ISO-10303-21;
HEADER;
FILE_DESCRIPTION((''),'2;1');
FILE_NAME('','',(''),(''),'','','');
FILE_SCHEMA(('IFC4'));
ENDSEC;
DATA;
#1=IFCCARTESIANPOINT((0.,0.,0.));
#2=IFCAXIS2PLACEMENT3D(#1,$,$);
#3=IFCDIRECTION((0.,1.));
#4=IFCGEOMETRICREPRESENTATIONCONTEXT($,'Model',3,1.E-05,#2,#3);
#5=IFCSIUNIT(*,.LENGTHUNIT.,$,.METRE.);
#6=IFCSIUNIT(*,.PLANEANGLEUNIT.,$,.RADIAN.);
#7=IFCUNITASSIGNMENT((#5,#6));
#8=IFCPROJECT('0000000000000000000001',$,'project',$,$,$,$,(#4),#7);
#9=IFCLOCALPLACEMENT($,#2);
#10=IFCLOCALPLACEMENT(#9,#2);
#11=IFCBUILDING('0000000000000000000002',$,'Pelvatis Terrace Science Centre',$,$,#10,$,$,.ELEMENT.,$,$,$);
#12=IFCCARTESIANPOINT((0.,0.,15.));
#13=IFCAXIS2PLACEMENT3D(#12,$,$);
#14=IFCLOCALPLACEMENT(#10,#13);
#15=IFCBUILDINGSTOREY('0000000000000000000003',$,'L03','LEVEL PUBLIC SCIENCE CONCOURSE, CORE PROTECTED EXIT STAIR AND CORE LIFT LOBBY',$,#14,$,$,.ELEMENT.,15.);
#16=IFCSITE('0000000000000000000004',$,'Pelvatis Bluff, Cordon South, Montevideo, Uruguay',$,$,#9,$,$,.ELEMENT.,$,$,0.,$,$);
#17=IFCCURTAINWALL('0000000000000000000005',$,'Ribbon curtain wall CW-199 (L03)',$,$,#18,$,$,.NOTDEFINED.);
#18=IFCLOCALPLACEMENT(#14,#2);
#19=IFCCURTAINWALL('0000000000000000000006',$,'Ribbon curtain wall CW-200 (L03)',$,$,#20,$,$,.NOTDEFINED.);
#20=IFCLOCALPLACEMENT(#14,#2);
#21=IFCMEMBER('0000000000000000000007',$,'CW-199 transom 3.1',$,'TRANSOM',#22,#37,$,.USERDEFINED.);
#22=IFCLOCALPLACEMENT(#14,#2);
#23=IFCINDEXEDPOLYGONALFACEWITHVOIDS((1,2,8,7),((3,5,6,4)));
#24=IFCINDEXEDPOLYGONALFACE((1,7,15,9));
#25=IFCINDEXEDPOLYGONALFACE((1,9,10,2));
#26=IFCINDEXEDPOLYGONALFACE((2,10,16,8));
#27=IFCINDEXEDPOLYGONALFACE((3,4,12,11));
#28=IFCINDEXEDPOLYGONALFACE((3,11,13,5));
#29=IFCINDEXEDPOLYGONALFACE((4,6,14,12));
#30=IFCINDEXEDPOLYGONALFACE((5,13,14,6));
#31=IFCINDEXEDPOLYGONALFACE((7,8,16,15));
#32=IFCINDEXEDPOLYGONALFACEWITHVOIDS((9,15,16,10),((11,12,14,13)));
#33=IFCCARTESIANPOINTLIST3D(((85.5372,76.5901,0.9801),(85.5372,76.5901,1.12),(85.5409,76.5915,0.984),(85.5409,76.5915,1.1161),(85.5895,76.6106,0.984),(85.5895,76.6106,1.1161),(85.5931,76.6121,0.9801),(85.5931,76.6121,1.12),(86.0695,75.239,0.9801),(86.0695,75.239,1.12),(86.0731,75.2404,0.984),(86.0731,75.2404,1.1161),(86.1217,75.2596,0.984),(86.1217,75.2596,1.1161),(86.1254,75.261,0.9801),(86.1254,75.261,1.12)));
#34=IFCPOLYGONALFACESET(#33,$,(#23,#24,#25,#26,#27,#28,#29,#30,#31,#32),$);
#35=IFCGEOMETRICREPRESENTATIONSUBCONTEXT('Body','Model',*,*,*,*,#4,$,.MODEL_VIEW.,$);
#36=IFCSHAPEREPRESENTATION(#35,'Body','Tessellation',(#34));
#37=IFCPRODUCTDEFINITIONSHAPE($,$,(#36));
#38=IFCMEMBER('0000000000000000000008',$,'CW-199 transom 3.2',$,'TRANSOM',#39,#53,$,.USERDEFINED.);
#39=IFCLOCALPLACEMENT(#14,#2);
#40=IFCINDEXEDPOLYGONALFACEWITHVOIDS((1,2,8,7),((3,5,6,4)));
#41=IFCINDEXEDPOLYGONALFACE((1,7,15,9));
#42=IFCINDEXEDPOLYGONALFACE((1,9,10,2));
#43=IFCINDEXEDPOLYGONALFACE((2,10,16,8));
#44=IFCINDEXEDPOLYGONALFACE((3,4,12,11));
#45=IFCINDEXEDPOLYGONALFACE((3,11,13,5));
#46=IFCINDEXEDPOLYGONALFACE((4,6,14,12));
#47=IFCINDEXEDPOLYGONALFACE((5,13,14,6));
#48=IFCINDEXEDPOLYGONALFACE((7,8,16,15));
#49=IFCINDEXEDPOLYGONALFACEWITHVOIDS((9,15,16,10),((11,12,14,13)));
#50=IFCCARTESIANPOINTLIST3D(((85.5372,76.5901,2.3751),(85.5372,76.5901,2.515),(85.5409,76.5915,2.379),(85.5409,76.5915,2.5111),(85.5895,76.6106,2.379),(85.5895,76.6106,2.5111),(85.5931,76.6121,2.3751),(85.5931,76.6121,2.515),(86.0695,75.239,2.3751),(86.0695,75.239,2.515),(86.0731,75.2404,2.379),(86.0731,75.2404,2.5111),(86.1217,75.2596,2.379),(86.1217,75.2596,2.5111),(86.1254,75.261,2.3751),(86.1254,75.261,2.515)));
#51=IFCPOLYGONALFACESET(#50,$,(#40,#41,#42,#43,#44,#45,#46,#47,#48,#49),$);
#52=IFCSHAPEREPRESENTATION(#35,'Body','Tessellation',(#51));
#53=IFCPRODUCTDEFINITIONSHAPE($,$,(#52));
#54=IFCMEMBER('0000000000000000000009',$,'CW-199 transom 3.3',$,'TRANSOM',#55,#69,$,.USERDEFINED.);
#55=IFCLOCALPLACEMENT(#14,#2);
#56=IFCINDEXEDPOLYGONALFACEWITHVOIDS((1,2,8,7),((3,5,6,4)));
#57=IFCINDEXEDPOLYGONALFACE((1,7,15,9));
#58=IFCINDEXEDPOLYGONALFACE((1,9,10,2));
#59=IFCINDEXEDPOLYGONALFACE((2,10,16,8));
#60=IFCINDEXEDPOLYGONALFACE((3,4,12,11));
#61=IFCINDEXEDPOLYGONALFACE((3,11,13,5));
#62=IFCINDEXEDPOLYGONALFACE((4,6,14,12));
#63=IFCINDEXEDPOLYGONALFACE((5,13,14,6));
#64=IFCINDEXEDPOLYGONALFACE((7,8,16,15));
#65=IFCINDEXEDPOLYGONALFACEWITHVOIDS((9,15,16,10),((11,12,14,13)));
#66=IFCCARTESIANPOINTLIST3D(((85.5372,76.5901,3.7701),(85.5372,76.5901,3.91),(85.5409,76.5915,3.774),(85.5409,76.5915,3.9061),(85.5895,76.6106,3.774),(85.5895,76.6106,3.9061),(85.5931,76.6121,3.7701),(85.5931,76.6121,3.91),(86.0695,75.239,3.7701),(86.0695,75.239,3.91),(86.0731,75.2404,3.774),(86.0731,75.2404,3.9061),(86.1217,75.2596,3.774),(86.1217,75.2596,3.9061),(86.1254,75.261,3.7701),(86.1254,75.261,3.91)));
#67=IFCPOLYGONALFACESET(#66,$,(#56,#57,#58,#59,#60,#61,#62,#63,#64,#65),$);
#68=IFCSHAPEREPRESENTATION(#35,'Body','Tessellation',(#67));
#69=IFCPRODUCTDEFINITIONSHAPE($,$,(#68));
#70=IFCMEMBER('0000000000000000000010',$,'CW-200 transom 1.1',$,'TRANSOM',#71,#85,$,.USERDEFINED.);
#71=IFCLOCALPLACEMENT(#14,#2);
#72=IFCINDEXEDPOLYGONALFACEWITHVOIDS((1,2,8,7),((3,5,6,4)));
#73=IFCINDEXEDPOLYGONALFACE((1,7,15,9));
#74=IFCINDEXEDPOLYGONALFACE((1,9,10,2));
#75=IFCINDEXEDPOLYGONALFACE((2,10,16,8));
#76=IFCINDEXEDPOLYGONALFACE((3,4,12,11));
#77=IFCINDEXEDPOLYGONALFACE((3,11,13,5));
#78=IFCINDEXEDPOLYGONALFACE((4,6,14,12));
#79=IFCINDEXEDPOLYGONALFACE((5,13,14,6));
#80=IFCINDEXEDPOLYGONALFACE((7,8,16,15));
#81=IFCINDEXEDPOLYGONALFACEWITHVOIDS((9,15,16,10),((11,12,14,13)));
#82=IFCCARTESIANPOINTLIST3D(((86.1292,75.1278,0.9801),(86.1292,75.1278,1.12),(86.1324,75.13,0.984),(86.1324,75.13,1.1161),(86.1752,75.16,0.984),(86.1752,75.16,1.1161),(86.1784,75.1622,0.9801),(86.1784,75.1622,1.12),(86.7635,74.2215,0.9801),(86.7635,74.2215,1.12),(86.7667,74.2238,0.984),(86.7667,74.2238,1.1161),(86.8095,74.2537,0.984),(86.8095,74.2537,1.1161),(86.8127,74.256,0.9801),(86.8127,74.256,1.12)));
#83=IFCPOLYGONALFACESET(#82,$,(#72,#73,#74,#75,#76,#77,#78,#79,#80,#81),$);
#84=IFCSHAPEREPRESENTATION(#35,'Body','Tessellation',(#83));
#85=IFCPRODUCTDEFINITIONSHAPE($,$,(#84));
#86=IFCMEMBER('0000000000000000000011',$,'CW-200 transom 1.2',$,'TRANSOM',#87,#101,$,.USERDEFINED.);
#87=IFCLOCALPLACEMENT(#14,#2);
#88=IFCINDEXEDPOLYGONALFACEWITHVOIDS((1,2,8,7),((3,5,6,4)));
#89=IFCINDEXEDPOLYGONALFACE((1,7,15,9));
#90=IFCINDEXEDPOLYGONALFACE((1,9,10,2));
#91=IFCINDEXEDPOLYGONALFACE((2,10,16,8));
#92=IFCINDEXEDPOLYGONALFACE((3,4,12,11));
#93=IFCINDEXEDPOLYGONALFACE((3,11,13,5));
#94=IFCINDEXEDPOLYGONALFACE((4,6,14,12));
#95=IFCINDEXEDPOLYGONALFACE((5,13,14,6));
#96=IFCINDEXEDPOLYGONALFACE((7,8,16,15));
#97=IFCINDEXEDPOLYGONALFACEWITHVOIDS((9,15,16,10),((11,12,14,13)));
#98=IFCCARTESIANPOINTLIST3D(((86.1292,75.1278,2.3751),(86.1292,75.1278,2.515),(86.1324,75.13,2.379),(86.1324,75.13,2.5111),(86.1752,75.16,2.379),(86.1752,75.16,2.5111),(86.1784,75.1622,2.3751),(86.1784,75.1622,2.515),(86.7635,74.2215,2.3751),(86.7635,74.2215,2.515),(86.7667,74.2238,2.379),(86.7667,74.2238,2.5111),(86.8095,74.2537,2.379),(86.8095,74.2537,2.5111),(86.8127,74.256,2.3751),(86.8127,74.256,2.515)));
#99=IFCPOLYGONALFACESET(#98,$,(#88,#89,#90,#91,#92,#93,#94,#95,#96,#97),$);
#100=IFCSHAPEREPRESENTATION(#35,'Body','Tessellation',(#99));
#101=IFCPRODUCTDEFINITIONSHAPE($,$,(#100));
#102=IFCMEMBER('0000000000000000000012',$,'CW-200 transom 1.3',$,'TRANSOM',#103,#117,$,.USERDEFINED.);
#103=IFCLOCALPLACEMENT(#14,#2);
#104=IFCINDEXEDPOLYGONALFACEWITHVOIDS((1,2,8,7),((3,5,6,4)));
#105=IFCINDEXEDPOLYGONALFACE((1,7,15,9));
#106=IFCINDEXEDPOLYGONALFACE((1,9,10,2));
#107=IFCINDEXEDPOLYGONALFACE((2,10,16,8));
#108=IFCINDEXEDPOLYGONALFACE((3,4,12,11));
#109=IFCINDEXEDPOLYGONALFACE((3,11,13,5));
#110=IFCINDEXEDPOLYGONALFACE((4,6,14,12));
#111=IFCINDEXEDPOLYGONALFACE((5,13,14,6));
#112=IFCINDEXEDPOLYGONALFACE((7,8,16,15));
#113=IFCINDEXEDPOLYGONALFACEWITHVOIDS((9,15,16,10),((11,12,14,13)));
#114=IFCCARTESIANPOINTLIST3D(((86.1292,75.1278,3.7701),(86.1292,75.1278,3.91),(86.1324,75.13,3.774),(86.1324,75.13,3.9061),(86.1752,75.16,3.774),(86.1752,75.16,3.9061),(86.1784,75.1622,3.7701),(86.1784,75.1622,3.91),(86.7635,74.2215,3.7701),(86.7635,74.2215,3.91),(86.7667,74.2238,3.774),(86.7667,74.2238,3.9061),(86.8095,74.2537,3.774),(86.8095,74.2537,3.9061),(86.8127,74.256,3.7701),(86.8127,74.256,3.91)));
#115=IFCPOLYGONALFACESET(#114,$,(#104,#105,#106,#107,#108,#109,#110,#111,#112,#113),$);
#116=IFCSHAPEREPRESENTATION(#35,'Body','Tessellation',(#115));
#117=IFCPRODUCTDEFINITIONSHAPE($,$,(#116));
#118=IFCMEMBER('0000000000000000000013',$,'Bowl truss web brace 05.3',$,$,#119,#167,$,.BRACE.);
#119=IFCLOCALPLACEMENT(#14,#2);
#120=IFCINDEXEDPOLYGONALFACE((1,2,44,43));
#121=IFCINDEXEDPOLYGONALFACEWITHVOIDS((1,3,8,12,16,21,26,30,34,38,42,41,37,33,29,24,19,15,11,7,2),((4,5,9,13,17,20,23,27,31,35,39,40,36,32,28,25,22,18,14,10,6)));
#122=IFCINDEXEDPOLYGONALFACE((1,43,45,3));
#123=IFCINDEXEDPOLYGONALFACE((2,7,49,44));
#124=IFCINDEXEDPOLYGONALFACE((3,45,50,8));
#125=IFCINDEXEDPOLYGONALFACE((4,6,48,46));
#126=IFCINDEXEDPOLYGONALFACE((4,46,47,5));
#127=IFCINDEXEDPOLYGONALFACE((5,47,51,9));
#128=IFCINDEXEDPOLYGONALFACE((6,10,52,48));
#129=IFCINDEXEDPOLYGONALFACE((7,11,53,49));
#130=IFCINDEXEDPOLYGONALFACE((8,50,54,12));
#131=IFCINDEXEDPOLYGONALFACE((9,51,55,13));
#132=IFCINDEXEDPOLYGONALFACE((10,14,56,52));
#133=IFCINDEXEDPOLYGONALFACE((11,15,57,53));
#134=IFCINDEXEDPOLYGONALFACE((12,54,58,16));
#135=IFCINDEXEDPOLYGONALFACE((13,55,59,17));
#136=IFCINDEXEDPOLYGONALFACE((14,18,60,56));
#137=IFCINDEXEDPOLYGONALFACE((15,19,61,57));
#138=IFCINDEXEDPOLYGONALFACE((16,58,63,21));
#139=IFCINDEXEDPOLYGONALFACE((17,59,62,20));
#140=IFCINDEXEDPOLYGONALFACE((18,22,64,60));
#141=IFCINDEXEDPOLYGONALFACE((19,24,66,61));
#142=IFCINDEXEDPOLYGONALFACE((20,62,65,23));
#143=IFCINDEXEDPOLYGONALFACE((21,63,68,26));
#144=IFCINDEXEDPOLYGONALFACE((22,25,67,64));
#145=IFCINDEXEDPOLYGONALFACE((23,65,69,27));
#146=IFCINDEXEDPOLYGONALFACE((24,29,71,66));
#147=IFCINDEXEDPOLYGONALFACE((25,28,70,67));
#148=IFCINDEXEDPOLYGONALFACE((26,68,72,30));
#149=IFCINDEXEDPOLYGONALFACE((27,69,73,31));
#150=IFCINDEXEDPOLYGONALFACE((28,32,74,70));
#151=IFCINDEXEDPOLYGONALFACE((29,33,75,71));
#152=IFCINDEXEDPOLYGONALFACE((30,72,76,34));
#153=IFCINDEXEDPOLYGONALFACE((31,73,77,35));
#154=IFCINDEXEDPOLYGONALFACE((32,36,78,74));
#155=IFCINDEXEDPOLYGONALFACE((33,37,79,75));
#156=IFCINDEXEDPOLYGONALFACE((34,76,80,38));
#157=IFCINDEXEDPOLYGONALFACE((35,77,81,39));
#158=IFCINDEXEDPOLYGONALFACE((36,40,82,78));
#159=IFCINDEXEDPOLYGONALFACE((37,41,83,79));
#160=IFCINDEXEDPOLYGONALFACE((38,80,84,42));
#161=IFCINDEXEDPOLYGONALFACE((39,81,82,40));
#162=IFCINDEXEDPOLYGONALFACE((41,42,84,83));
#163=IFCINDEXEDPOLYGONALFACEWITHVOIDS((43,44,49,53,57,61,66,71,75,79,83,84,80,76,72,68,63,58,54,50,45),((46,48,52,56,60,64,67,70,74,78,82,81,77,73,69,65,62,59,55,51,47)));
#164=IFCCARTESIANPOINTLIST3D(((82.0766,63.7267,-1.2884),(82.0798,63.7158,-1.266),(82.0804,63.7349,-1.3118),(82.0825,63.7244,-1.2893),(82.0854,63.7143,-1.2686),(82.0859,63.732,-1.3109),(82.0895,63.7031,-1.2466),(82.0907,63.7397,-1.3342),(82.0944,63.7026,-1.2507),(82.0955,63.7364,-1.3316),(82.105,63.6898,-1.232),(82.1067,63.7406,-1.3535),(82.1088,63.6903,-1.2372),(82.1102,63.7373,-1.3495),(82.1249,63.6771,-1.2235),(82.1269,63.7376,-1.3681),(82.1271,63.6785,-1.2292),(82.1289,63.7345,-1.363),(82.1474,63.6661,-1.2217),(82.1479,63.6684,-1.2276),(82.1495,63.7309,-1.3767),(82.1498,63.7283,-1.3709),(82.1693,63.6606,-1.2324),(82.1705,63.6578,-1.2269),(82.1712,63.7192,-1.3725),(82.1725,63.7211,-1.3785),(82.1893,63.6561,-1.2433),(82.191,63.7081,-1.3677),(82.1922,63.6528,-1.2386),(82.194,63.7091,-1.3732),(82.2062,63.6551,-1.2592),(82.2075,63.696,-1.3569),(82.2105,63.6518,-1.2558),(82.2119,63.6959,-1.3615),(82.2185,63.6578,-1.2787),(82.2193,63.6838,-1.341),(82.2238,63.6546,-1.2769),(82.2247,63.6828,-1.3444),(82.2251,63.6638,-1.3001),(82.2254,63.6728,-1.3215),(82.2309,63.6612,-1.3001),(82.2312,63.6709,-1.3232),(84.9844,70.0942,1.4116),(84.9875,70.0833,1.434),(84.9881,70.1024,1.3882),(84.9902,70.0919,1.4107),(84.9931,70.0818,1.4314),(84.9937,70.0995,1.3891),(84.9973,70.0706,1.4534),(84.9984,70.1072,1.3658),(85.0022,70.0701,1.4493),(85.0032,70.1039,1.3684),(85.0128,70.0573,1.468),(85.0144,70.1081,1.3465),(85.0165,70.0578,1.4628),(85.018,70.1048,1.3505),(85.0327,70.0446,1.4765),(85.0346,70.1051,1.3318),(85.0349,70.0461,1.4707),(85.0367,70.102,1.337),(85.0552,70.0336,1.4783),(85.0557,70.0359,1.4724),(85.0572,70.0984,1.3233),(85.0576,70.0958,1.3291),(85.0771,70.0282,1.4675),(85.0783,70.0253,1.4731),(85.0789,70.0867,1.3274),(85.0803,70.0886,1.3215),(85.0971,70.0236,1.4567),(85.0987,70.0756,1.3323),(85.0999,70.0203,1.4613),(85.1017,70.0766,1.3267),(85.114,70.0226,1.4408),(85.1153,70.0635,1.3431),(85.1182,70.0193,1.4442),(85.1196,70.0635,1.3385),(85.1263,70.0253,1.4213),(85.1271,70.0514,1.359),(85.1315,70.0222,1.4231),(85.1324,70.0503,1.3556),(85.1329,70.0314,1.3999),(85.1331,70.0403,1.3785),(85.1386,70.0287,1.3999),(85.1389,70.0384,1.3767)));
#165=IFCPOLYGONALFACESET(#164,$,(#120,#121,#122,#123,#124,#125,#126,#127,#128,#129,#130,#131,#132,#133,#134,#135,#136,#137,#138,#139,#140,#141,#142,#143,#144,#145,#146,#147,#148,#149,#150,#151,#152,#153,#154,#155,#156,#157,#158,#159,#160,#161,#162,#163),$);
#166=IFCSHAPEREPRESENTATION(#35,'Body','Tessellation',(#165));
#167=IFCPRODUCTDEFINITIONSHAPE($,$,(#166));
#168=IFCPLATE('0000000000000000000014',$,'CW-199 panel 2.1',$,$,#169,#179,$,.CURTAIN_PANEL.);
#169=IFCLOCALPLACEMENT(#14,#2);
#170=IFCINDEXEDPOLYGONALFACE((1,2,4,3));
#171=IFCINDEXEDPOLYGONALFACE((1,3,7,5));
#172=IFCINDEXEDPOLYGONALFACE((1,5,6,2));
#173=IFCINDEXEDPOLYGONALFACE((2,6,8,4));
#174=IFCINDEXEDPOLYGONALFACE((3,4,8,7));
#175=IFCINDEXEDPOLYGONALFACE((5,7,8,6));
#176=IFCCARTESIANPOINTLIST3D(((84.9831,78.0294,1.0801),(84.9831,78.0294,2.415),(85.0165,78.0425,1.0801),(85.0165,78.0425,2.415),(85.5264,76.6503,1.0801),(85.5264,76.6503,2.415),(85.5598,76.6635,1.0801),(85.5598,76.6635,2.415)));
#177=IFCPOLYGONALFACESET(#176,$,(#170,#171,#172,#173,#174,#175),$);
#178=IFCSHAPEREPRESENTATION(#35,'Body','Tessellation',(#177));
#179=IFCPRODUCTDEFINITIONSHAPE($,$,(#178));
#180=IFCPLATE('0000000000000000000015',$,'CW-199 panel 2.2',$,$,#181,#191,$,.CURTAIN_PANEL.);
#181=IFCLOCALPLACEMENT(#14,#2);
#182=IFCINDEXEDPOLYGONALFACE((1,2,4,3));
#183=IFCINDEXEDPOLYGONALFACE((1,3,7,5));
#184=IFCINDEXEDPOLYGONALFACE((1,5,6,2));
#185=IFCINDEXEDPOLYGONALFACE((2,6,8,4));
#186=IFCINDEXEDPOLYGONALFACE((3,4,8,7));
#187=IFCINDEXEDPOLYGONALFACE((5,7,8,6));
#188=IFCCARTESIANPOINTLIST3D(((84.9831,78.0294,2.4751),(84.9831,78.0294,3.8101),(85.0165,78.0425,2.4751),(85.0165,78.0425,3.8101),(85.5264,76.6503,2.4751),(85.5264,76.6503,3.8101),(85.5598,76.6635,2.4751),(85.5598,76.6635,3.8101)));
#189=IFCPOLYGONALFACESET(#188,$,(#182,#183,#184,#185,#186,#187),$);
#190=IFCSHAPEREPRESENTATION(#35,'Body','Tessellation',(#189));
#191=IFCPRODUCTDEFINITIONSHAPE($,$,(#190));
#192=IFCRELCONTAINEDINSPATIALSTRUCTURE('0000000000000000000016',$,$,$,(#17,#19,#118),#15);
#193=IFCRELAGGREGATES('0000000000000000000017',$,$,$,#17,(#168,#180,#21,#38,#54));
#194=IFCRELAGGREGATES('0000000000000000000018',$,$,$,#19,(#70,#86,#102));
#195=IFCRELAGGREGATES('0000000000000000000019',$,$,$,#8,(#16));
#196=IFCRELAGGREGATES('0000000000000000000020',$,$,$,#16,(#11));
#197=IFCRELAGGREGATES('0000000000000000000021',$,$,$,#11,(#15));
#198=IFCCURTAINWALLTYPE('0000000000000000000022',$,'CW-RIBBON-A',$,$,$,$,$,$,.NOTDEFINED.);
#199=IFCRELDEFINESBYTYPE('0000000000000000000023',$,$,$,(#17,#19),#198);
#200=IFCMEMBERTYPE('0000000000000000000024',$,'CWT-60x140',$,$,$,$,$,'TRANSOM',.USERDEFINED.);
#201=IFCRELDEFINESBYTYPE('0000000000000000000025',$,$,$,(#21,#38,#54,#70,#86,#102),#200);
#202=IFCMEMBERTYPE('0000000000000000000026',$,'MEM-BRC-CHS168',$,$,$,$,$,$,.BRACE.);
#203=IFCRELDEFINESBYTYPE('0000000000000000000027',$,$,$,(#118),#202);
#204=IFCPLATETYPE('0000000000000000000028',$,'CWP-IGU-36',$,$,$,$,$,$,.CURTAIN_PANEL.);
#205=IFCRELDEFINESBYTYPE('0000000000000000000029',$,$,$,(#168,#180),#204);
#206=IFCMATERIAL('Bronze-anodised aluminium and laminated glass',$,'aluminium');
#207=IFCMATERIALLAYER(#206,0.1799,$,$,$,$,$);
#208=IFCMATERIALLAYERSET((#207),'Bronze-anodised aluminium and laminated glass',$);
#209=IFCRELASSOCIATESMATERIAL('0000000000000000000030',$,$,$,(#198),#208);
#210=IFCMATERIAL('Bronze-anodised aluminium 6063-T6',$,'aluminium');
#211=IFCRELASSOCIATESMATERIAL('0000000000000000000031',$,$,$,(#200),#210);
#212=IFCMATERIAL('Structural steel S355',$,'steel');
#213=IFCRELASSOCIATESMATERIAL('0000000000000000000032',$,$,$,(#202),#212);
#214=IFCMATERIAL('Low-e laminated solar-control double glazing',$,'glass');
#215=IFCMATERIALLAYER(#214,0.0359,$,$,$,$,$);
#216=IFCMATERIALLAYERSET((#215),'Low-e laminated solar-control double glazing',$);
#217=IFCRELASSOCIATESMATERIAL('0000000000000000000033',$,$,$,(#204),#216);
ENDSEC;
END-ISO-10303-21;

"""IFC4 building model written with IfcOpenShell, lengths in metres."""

from ifc_helpers import new_model, si_unit, direction, frame, origin, origin_2d, place, context, subcontext, project, spatial, rectangle, hollow_rectangle, hollow_circle, extrude, material, layer, layer_set, material_profile, profile_set, type_object, element, aggregate, save


model = new_model("IFC4")

# Units and contexts
model_context = context("Model", 3, precision=1e-05, world=origin(), true_north=direction((0.0, 1.0)))
body_context = subcontext(model_context, "Body", "Model", "MODEL_VIEW")
ifc_project = project(units=[si_unit("LENGTHUNIT", "METRE"), si_unit("PLANEANGLEUNIT", "RADIAN")], contexts=[model_context])

# Site, building, storey
site_placement = place(None, origin())
site = spatial("IfcSite", under=ifc_project, at=site_placement, Name="Pelvatis Bluff, Cordon South, Montevideo, Uruguay", CompositionType="ELEMENT", RefElevation=0.0)
building_placement = place(site_placement, origin())
building = spatial("IfcBuilding", under=site, at=building_placement, Name="Pelvatis Terrace Science Centre", CompositionType="ELEMENT")
storey_placement = place(building_placement, frame((0.0, 0.0, 15.0)))
storey = spatial("IfcBuildingStorey", under=building, at=storey_placement, Name="L03", Description="LEVEL PUBLIC SCIENCE CONCOURSE, CORE PROTECTED EXIT STAIR AND CORE LIFT LOBBY", CompositionType="ELEMENT", Elevation=15.0)

# Curtain wall
ifc_material_1 = material(Name="Bronze-anodised aluminium and laminated glass", Category="aluminium")
ifc_layer_1 = layer(ifc_material_1, 0.1799)
ifc_layer_set_1 = layer_set([ifc_layer_1], Name="Bronze-anodised aluminium and laminated glass")
curtain_wall_type = type_object("IfcCurtainWallType", Name="CW-RIBBON-A", PredefinedType="NOTDEFINED", material=ifc_layer_set_1)
curtain_wall_1_placement = place(storey_placement, origin())
curtain_wall_1 = element("IfcCurtainWall", 1, at=curtain_wall_1_placement, inside=storey, type_object=curtain_wall_type, Name="Ribbon curtain wall CW-199 (L03)", PredefinedType="NOTDEFINED")

# Curtain wall
curtain_wall_2_placement = place(storey_placement, origin())
curtain_wall_2 = element("IfcCurtainWall", 2, at=curtain_wall_2_placement, inside=storey, type_object=curtain_wall_type, Name="Ribbon curtain wall CW-200 (L03)", PredefinedType="NOTDEFINED")

# Members
ifc_material_2 = material(Name="Bronze-anodised aluminium 6063-T6", Category="aluminium")
ifc_material_profile_1 = material_profile(ifc_material_2, hollow_rectangle(XDim=0.0601, YDim=0.1399, WallThickness=0.0039, at=origin_2d()), Name="ALU-TRN 60x140")
ifc_profile_set_1 = profile_set([ifc_material_profile_1], Name="Bronze-anodised aluminium 6063-T6")
member_type_1 = type_object("IfcMemberType", Name="CWT-60x140", ElementType="TRANSOM", PredefinedType="USERDEFINED", material=ifc_profile_set_1)
member_1_placement = place(storey_placement, frame((85.5652, 76.6011, 1.05), z_axis=(0.366516, -0.930412, 0.0), x_axis=(0.930412, 0.366516, 0.0)))
member_1 = element("IfcMember", 3, at=member_1_placement, type_object=member_type_1, Name="CW-199 transom 3.1", ObjectType="TRANSOM", PredefinedType="USERDEFINED", context=body_context, shape_type="SweptSolid", body=[
    extrude(hollow_rectangle(XDim=0.0601, YDim=0.1399, WallThickness=0.0039, at=origin_2d()), origin(), (0.0, 0.0, 1.0), 1.4521),
])
member_2_placement = place(storey_placement, frame((85.5652, 76.6011, 2.4451), z_axis=(0.366516, -0.930412, 0.0), x_axis=(0.930412, 0.366516, 0.0)))
member_2 = element("IfcMember", 4, at=member_2_placement, type_object=member_type_1, Name="CW-199 transom 3.2", ObjectType="TRANSOM", PredefinedType="USERDEFINED", context=body_context, shape_type="SweptSolid", body=[
    extrude(hollow_rectangle(XDim=0.0601, YDim=0.1399, WallThickness=0.0039, at=origin_2d()), origin(), (0.0, 0.0, 1.0), 1.4521),
])
member_3_placement = place(storey_placement, frame((85.5652, 76.6011, 3.8401), z_axis=(0.366516, -0.930412, 0.0), x_axis=(0.930412, 0.366516, 0.0)))
member_3 = element("IfcMember", 5, at=member_3_placement, type_object=member_type_1, Name="CW-199 transom 3.3", ObjectType="TRANSOM", PredefinedType="USERDEFINED", context=body_context, shape_type="SweptSolid", body=[
    extrude(hollow_rectangle(XDim=0.0601, YDim=0.1399, WallThickness=0.0039, at=origin_2d()), origin(), (0.0, 0.0, 1.0), 1.4521),
])
member_4_placement = place(storey_placement, frame((86.1538, 75.145, 1.05), z_axis=(0.573403, -0.819273, 0.0), x_axis=(0.819273, 0.573403, 0.0)))
member_4 = element("IfcMember", 6, at=member_4_placement, type_object=member_type_1, Name="CW-200 transom 1.1", ObjectType="TRANSOM", PredefinedType="USERDEFINED", context=body_context, shape_type="SweptSolid", body=[
    extrude(hollow_rectangle(XDim=0.0601, YDim=0.1399, WallThickness=0.0039, at=origin_2d()), origin(), (0.0, 0.0, 1.0), 1.1062),
])
member_5_placement = place(storey_placement, frame((86.1538, 75.145, 2.4451), z_axis=(0.573403, -0.819273, 0.0), x_axis=(0.819273, 0.573403, 0.0)))
member_5 = element("IfcMember", 7, at=member_5_placement, type_object=member_type_1, Name="CW-200 transom 1.2", ObjectType="TRANSOM", PredefinedType="USERDEFINED", context=body_context, shape_type="SweptSolid", body=[
    extrude(hollow_rectangle(XDim=0.0601, YDim=0.1399, WallThickness=0.0039, at=origin_2d()), origin(), (0.0, 0.0, 1.0), 1.1062),
])
member_6_placement = place(storey_placement, frame((86.1538, 75.145, 3.8401), z_axis=(0.573403, -0.819273, 0.0), x_axis=(0.819273, 0.573403, 0.0)))
member_6 = element("IfcMember", 8, at=member_6_placement, type_object=member_type_1, Name="CW-200 transom 1.3", ObjectType="TRANSOM", PredefinedType="USERDEFINED", context=body_context, shape_type="SweptSolid", body=[
    extrude(hollow_rectangle(XDim=0.0601, YDim=0.1399, WallThickness=0.0039, at=origin_2d()), origin(), (0.0, 0.0, 1.0), 1.1062),
])
ifc_material_3 = material(Name="Structural steel S355", Category="steel")
ifc_material_profile_2 = material_profile(ifc_material_3, hollow_circle(Radius=0.0842, WallThickness=0.0063, at=origin_2d()), Name="CHS 168.3x6.3")
ifc_profile_set_2 = profile_set([ifc_material_profile_2], Name="Structural steel S355")
member_type_2 = type_object("IfcMemberType", Name="MEM-BRC-CHS168", PredefinedType="BRACE", material=ifc_profile_set_2)
member_7_placement = place(storey_placement, frame((85.062, 70.0637, 1.3999), z_axis=(-0.387562, -0.848699, -0.35987), x_axis=(0.909642, -0.415392, 0.0)))
element("IfcMember", 9, at=member_7_placement, inside=storey, type_object=member_type_2, Name="Bowl truss web brace 05.3", PredefinedType="BRACE", context=body_context, shape_type="SweptSolid", body=[
    extrude(hollow_circle(Radius=0.0842, WallThickness=0.0063, at=origin_2d()), origin(), (0.0, 0.0, 1.0), 7.5027),
])

# Plates
ifc_material_4 = material(Name="Low-e laminated solar-control double glazing", Category="glass")
ifc_layer_2 = layer(ifc_material_4, 0.0359)
ifc_layer_set_2 = layer_set([ifc_layer_2], Name="Low-e laminated solar-control double glazing")
plate_type_1 = type_object("IfcPlateType", Name="CWP-IGU-36", PredefinedType="CURTAIN_PANEL", material=ifc_layer_set_2)
plate_1_placement = place(storey_placement, frame((85.2715, 77.3464, 1.0801), z_axis=(0.0, 0.0, 1.0), x_axis=(0.366541, -0.930402, 0.0)))
plate_1 = element("IfcPlate", 10, at=plate_1_placement, type_object=plate_type_1, Name="CW-199 panel 2.1", PredefinedType="CURTAIN_PANEL", context=body_context, shape_type="SweptSolid", body=[
    extrude(rectangle(XDim=1.4822, YDim=0.0359, at=origin_2d()), origin(), (0.0, 0.0, 1.0), 1.335),
])
plate_2_placement = place(storey_placement, frame((85.2715, 77.3464, 2.4751), z_axis=(0.0, 0.0, 1.0), x_axis=(0.366541, -0.930402, 0.0)))
plate_2 = element("IfcPlate", 11, at=plate_2_placement, type_object=plate_type_1, Name="CW-199 panel 2.2", PredefinedType="CURTAIN_PANEL", context=body_context, shape_type="SweptSolid", body=[
    extrude(rectangle(XDim=1.4822, YDim=0.0359, at=origin_2d()), origin(), (0.0, 0.0, 1.0), 1.335),
])
aggregate(curtain_wall_1, [plate_1, plate_2, member_1, member_2, member_3])
aggregate(curtain_wall_2, [member_4, member_5, member_6])

save(model, "model.ifc")
